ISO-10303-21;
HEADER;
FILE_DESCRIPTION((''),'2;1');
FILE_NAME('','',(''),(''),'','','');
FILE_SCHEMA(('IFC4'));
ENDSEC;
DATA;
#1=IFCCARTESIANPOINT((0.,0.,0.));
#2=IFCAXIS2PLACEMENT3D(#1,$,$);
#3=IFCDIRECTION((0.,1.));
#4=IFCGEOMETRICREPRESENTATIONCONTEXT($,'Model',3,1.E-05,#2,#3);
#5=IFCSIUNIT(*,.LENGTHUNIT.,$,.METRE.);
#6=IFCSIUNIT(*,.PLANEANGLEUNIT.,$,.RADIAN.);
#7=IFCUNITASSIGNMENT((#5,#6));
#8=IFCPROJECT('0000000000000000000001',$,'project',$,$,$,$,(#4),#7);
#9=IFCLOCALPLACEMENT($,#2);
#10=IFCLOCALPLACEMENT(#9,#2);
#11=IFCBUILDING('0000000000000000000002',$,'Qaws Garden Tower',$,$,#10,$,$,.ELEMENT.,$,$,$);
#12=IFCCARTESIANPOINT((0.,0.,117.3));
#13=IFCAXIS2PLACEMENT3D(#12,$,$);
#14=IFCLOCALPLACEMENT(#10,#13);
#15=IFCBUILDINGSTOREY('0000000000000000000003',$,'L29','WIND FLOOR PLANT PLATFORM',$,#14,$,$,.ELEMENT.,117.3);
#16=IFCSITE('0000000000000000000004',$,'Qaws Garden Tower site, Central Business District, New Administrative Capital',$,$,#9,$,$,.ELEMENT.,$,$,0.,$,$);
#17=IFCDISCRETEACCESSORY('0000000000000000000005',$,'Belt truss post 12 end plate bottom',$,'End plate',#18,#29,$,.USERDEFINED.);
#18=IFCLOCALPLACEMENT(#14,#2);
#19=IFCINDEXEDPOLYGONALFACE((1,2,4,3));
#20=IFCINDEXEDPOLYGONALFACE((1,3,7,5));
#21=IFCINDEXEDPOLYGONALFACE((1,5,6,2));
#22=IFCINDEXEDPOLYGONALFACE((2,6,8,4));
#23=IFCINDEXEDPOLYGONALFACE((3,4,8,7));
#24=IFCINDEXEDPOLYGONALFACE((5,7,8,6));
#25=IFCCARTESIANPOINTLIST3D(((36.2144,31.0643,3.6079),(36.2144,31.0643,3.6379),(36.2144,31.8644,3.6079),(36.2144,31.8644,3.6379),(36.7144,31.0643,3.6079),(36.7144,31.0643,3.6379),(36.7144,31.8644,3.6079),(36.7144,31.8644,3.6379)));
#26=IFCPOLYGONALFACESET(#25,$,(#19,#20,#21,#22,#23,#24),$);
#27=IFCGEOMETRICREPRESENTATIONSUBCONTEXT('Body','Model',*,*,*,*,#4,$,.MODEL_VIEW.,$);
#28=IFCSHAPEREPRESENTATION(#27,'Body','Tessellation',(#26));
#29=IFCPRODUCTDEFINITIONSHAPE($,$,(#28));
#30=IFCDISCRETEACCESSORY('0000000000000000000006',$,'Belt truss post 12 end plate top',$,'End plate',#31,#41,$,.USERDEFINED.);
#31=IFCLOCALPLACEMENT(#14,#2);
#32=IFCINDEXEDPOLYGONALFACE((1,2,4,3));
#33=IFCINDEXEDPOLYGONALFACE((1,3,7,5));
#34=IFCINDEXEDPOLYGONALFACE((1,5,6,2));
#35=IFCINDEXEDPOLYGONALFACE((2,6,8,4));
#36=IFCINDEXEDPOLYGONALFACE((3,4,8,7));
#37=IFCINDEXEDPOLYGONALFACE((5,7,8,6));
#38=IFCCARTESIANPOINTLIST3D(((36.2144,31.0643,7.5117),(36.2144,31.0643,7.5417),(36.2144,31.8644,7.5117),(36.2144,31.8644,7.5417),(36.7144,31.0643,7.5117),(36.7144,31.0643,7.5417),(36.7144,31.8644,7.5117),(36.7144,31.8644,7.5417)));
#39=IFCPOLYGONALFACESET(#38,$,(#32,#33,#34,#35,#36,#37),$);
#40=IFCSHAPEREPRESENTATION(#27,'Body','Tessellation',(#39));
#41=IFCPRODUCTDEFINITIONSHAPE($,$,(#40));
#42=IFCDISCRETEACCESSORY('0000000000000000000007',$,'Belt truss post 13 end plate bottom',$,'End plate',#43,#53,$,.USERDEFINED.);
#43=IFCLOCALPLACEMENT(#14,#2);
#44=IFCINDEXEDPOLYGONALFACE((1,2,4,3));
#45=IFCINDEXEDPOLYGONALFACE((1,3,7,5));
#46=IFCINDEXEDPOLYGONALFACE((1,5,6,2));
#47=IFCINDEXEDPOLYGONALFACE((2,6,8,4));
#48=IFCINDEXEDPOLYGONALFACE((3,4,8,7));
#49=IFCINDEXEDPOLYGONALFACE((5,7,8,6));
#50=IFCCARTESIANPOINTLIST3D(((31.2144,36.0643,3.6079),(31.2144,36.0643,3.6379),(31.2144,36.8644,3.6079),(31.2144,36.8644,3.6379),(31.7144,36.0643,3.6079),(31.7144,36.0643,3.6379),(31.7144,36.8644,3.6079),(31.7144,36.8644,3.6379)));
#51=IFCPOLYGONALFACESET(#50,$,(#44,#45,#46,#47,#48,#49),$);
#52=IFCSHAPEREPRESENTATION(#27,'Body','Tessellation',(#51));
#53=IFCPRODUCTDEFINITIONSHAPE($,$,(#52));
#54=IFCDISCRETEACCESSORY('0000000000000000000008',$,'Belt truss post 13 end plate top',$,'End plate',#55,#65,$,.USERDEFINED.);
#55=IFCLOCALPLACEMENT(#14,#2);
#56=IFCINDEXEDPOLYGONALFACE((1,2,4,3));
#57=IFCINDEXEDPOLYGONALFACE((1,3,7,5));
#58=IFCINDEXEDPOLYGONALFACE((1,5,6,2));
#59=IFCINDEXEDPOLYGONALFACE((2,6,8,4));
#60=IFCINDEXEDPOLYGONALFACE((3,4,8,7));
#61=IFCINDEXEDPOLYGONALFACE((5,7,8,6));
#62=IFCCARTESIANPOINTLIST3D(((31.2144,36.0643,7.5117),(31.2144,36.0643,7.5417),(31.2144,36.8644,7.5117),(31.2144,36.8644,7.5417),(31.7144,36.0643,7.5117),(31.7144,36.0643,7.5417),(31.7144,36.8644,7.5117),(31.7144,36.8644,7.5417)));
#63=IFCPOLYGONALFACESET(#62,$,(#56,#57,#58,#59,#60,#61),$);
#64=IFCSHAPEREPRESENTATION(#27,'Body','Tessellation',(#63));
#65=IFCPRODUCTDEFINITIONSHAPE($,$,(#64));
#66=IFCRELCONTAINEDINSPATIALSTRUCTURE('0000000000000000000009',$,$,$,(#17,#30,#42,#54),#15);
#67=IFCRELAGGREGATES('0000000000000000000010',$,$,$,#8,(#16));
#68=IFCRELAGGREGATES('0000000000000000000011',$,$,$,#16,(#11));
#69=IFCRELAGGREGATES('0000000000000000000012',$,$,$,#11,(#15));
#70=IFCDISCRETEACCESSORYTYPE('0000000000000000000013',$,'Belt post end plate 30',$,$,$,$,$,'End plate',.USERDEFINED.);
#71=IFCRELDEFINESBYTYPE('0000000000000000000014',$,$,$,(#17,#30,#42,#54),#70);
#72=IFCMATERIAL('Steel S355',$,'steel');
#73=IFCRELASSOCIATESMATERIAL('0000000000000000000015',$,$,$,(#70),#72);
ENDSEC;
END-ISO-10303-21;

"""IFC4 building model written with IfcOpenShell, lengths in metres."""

from ifc_helpers import new_model, si_unit, direction, frame, origin, origin_2d, place, context, subcontext, project, spatial, rectangle, extrude, material, type_object, element, save


model = new_model("IFC4")

# Units and contexts
model_context = context("Model", 3, precision=1e-05, world=origin(), true_north=direction((0.0, 1.0)))
body_context = subcontext(model_context, "Body", "Model", "MODEL_VIEW")
ifc_project = project(units=[si_unit("LENGTHUNIT", "METRE"), si_unit("PLANEANGLEUNIT", "RADIAN")], contexts=[model_context])

# Site, building, storey
site_placement = place(None, origin())
site = spatial("IfcSite", under=ifc_project, at=site_placement, Name="Qaws Garden Tower site, Central Business District, New Administrative Capital", CompositionType="ELEMENT", RefElevation=0.0)
building_placement = place(site_placement, origin())
building = spatial("IfcBuilding", under=site, at=building_placement, Name="Qaws Garden Tower", CompositionType="ELEMENT")
storey_placement = place(building_placement, frame((0.0, 0.0, 117.3)))
storey = spatial("IfcBuildingStorey", under=building, at=storey_placement, Name="L29", Description="WIND FLOOR PLANT PLATFORM", CompositionType="ELEMENT", Elevation=117.3)

# Shared definitions
placement_1 = place(storey_placement, frame((36.4644, 31.4644, 3.6079), z_axis=(0.0, 0.0, 1.0), x_axis=(1.0, 0.0, 0.0)))
placement_2 = place(storey_placement, frame((31.4644, 36.4644, 3.6079), z_axis=(0.0, 0.0, 1.0), x_axis=(1.0, 0.0, 0.0)))

# Discrete accessories
ifc_material_1 = material(Name="Steel S355", Category="steel")
discrete_accessory_type = type_object("IfcDiscreteAccessoryType", Name="Belt post end plate 30", ElementType="End plate", PredefinedType="USERDEFINED", material=ifc_material_1)
element("IfcDiscreteAccessory", 1, at=placement_1, inside=storey, type_object=discrete_accessory_type, Name="Belt truss post 12 end plate bottom", ObjectType="End plate", PredefinedType="USERDEFINED", context=body_context, shape_type="SweptSolid", body=[
    extrude(rectangle(XDim=0.5, YDim=0.8, at=origin_2d()), origin(), (0.0, 0.0, 1.0), 0.03),
])
discrete_accessory_1_placement = place(storey_placement, frame((36.4644, 31.4644, 7.5117), z_axis=(0.0, 0.0, 1.0), x_axis=(1.0, 0.0, 0.0)))
element("IfcDiscreteAccessory", 2, at=discrete_accessory_1_placement, inside=storey, type_object=discrete_accessory_type, Name="Belt truss post 12 end plate top", ObjectType="End plate", PredefinedType="USERDEFINED", context=body_context, shape_type="SweptSolid", body=[
    extrude(rectangle(XDim=0.5, YDim=0.8, at=origin_2d()), origin(), (0.0, 0.0, 1.0), 0.03),
])
element("IfcDiscreteAccessory", 3, at=placement_2, inside=storey, type_object=discrete_accessory_type, Name="Belt truss post 13 end plate bottom", ObjectType="End plate", PredefinedType="USERDEFINED", context=body_context, shape_type="SweptSolid", body=[
    extrude(rectangle(XDim=0.5, YDim=0.8, at=origin_2d()), origin(), (0.0, 0.0, 1.0), 0.03),
])
discrete_accessory_2_placement = place(storey_placement, frame((31.4644, 36.4644, 7.5117), z_axis=(0.0, 0.0, 1.0), x_axis=(1.0, 0.0, 0.0)))
element("IfcDiscreteAccessory", 4, at=discrete_accessory_2_placement, inside=storey, type_object=discrete_accessory_type, Name="Belt truss post 13 end plate top", ObjectType="End plate", PredefinedType="USERDEFINED", context=body_context, shape_type="SweptSolid", body=[
    extrude(rectangle(XDim=0.5, YDim=0.8, at=origin_2d()), origin(), (0.0, 0.0, 1.0), 0.03),
])

save(model, "model.ifc")
